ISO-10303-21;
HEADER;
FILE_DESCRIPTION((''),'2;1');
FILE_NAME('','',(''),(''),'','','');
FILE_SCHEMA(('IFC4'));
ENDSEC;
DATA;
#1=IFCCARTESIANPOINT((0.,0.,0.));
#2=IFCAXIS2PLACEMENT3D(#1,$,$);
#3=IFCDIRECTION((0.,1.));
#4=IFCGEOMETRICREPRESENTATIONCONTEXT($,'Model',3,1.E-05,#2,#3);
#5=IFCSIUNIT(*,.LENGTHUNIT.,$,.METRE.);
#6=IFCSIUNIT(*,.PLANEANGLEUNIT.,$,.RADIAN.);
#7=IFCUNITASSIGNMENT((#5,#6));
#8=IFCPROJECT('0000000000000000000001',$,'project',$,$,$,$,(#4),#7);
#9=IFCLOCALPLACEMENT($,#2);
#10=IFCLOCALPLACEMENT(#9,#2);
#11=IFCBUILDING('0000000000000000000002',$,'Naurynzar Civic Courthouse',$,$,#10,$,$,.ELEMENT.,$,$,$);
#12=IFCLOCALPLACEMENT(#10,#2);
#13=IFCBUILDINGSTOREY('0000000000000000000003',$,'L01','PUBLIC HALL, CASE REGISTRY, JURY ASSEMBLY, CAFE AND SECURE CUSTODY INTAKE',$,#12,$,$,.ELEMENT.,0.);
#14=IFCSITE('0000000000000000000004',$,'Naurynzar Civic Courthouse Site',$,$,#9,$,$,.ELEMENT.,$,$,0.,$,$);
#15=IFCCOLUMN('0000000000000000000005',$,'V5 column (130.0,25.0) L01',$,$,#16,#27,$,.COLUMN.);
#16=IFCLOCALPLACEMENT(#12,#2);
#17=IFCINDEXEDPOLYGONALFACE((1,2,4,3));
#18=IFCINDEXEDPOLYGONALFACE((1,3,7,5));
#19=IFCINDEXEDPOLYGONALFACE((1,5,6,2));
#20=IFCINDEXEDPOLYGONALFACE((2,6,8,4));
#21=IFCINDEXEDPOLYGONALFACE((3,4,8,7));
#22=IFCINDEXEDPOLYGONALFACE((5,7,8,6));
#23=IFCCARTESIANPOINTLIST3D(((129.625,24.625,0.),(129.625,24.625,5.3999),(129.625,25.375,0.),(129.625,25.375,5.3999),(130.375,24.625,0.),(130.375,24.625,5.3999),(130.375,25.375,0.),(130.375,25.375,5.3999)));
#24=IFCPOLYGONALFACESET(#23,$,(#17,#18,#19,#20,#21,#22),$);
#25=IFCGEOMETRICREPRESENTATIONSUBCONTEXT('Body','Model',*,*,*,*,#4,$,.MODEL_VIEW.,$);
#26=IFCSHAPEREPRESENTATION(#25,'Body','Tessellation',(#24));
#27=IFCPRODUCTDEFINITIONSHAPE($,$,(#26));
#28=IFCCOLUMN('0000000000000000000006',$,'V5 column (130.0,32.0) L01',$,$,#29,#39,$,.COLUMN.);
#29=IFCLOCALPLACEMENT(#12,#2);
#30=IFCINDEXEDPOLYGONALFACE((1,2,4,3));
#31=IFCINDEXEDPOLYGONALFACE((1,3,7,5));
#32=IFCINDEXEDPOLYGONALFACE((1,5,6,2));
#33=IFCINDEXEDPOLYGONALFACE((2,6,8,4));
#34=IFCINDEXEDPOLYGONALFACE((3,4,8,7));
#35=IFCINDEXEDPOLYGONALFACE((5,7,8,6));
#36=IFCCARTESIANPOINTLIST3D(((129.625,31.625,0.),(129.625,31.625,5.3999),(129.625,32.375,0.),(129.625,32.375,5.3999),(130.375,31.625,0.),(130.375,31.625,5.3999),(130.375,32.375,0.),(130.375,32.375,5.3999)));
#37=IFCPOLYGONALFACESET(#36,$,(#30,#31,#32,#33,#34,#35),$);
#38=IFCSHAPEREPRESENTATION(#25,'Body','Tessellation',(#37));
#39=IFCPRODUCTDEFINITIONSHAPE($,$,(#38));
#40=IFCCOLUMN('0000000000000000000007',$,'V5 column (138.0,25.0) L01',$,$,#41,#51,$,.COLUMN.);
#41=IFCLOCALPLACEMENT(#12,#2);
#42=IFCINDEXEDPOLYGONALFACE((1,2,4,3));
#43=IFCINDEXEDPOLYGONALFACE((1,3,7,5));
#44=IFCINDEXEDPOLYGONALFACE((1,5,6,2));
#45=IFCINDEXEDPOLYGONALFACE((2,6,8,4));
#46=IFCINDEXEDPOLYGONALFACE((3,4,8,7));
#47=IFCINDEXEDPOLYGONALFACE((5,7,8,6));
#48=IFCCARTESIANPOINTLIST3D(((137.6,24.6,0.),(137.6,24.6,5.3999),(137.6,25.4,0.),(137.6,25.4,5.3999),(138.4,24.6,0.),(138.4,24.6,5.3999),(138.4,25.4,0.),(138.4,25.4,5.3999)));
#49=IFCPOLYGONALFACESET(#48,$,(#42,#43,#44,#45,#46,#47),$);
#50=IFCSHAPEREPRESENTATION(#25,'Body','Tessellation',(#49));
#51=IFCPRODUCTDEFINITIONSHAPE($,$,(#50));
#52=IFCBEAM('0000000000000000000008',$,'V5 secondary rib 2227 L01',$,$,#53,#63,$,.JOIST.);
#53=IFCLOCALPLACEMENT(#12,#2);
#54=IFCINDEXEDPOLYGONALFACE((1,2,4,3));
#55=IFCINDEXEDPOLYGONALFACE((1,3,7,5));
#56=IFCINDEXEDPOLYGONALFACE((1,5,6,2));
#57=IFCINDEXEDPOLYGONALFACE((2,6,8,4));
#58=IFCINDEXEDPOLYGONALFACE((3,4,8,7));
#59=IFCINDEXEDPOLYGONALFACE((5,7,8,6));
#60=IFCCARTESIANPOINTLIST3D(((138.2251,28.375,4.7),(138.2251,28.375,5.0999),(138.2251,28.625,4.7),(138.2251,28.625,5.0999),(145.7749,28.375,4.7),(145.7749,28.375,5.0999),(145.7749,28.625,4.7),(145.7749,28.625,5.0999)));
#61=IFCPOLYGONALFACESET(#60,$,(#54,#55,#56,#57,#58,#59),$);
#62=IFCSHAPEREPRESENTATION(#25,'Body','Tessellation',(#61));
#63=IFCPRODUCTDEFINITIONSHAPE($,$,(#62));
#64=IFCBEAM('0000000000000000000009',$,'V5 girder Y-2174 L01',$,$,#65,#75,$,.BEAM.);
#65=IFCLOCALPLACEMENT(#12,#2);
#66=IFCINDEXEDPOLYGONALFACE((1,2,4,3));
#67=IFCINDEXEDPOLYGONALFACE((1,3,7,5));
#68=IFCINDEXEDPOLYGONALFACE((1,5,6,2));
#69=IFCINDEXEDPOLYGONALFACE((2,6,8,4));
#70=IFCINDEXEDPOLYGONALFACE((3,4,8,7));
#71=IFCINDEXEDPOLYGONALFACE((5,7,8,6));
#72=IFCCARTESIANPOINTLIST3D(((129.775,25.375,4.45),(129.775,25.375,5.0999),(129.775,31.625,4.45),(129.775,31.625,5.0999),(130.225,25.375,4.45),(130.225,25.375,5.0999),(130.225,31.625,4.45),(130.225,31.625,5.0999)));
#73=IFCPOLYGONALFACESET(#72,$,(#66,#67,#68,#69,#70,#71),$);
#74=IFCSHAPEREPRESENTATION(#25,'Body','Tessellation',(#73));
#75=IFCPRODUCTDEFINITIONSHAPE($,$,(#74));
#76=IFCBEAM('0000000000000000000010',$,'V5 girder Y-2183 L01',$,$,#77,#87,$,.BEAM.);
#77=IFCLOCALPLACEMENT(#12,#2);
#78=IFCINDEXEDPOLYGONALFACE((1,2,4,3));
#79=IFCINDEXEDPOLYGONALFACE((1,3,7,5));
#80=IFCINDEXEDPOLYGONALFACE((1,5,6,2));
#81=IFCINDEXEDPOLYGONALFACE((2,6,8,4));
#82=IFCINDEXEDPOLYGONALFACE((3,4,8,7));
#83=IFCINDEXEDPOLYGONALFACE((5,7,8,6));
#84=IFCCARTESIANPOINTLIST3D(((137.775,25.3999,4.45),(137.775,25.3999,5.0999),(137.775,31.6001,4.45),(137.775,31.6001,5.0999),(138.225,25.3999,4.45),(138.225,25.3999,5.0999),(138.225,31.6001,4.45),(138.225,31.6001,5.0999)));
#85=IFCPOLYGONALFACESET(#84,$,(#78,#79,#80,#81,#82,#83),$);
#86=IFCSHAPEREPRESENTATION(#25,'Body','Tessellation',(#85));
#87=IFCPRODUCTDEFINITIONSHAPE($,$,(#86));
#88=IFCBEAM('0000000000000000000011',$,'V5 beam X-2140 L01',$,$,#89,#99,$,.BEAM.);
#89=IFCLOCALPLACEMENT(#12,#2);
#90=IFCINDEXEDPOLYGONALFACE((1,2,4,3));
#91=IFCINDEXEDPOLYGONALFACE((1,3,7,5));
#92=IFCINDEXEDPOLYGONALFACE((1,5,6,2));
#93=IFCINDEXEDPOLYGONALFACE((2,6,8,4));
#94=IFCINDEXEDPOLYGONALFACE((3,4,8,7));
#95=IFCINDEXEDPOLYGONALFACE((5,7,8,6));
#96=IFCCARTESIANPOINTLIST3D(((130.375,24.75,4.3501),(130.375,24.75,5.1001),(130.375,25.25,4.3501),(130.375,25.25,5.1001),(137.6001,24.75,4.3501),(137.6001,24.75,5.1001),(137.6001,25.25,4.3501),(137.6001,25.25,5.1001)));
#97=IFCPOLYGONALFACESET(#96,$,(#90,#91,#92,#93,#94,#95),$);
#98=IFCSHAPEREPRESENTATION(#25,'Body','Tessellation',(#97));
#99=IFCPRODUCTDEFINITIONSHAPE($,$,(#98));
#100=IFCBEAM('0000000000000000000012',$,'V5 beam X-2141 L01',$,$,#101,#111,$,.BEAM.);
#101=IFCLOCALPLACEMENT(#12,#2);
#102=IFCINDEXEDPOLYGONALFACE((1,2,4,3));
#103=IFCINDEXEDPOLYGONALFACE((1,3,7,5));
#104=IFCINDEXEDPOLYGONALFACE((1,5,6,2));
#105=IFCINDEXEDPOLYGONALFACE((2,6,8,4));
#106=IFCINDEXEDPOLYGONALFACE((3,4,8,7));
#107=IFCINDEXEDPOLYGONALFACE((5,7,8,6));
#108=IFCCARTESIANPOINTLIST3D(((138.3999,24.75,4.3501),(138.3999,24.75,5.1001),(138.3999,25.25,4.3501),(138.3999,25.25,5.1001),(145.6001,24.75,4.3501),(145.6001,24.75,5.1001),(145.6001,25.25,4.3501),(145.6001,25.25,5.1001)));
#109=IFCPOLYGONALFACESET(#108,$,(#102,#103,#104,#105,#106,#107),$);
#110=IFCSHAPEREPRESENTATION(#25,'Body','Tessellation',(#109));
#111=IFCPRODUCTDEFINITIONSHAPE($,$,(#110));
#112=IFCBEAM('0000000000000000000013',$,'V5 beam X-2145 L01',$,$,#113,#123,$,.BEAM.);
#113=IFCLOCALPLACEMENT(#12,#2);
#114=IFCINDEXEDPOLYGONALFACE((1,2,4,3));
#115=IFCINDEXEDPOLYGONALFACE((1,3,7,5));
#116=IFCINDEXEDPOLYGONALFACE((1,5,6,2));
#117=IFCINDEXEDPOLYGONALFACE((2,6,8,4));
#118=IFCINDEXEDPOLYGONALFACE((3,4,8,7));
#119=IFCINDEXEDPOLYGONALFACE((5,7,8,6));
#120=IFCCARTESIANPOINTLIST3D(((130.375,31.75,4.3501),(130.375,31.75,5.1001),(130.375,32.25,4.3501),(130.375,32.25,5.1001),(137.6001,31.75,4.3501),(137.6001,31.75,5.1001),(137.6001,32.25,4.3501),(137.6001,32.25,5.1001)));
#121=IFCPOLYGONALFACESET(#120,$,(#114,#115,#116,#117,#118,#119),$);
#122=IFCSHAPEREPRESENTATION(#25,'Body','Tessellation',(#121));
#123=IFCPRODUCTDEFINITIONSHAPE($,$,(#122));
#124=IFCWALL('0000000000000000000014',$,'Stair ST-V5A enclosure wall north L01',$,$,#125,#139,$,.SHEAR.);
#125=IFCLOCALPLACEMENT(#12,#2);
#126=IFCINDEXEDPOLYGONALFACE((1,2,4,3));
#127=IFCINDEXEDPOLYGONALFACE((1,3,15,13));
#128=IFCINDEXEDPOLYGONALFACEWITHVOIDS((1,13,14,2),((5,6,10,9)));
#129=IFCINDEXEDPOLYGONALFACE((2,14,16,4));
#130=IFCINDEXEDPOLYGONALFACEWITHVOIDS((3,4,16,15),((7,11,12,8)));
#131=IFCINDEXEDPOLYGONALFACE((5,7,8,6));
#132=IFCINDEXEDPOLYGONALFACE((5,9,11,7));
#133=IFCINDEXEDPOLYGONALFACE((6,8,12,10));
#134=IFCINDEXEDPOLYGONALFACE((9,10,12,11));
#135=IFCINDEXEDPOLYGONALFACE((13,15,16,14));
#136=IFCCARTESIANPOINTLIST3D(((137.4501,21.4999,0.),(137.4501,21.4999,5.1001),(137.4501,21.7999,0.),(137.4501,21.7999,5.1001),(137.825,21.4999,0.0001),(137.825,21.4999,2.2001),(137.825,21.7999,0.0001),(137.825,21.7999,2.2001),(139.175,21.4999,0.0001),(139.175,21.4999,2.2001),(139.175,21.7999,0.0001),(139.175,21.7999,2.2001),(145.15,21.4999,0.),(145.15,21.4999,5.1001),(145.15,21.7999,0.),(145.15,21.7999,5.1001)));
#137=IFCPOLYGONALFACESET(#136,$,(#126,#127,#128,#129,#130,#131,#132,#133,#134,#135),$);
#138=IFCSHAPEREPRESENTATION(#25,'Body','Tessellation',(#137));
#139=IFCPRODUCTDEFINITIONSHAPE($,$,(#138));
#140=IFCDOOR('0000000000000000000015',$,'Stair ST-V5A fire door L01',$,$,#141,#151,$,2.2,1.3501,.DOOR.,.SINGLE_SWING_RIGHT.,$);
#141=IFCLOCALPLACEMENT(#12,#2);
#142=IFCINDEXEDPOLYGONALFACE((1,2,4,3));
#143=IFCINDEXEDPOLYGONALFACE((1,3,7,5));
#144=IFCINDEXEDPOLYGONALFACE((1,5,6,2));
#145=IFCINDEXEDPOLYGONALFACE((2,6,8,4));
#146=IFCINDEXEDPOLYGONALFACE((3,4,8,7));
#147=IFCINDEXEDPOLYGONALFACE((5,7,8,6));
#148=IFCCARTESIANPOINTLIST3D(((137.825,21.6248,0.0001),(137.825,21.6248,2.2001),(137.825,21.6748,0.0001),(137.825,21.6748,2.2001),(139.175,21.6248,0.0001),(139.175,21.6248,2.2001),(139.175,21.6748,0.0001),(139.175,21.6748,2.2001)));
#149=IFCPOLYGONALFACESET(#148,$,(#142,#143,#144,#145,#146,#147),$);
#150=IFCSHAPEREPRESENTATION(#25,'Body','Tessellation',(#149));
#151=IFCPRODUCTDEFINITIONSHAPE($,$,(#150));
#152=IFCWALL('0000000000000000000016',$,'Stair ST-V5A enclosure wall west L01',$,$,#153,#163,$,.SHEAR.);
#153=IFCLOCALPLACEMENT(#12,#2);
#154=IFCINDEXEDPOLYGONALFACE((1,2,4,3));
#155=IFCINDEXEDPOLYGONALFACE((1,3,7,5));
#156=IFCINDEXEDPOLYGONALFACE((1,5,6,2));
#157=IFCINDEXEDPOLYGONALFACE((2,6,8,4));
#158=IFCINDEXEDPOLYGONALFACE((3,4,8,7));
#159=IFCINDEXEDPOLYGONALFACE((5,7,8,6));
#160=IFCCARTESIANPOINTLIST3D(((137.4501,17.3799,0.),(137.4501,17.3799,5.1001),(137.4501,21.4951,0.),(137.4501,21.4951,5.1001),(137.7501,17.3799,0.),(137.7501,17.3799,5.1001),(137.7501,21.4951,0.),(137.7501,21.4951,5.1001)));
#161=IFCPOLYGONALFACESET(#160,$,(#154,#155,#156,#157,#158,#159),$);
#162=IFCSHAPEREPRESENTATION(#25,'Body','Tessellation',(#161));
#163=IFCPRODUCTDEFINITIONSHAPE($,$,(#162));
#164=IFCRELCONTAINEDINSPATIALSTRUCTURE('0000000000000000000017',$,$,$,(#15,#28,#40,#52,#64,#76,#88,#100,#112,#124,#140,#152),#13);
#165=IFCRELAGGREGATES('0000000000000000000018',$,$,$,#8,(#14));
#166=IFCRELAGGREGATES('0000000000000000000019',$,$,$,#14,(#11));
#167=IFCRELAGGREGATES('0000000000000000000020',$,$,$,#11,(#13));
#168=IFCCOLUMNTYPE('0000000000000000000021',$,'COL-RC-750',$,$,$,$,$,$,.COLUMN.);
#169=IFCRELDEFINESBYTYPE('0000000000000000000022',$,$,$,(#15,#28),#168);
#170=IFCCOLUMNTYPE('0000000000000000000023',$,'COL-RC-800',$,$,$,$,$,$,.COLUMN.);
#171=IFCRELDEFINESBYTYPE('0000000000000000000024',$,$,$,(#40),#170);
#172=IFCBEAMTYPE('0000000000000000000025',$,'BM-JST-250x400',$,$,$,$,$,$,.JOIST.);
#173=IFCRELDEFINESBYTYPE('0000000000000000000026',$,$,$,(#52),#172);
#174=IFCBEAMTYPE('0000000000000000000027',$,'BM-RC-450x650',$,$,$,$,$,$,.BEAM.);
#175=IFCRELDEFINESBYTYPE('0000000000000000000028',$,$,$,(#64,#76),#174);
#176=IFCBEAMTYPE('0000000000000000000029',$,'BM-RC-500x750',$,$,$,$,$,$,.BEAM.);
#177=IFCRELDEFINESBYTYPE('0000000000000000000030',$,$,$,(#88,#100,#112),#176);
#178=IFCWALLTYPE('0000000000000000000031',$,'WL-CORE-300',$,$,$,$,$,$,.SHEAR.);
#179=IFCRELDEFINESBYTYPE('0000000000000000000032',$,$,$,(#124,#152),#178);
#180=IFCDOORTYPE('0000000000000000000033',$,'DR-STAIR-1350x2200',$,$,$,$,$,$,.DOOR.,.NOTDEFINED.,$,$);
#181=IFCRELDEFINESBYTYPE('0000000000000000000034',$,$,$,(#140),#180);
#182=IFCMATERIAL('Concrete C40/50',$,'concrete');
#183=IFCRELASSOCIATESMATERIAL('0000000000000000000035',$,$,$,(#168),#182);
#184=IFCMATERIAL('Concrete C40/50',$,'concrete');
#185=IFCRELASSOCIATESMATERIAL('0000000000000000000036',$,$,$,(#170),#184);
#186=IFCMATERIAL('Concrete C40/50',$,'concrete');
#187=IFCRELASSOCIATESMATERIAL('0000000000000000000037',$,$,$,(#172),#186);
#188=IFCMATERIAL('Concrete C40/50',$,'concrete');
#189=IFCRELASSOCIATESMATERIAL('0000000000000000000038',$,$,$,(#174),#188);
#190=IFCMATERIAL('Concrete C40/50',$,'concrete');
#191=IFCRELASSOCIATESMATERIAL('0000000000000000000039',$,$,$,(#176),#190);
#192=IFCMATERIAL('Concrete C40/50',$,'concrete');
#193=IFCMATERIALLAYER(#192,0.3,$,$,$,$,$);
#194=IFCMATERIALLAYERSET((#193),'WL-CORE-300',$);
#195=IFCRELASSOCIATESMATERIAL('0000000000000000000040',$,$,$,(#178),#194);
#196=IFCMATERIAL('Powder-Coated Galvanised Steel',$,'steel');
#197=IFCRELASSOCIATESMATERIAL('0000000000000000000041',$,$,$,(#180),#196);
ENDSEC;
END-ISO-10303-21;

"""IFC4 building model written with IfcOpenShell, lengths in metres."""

from ifc_helpers import new_model, si_unit, direction, frame, frame_2d, origin, origin_2d, place, context, subcontext, project, spatial, rectangle, extrude, material, layer, layer_set, material_profile, profile_set, type_object, element, fill, save


model = new_model("IFC4")

# Units and contexts
model_context = context("Model", 3, precision=1e-05, world=origin(), true_north=direction((0.0, 1.0)))
body_context = subcontext(model_context, "Body", "Model", "MODEL_VIEW")
ifc_project = project(units=[si_unit("LENGTHUNIT", "METRE"), si_unit("PLANEANGLEUNIT", "RADIAN")], contexts=[model_context])

# Site, building, storey
site_placement = place(None, origin())
site = spatial("IfcSite", under=ifc_project, at=site_placement, Name="Naurynzar Civic Courthouse Site", CompositionType="ELEMENT", RefElevation=0.0)
building_placement = place(site_placement, origin())
building = spatial("IfcBuilding", under=site, at=building_placement, Name="Naurynzar Civic Courthouse", CompositionType="ELEMENT")
storey_placement = place(building_placement, origin())
storey = spatial("IfcBuildingStorey", under=building, at=storey_placement, Name="L01", Description="PUBLIC HALL, CASE REGISTRY, JURY ASSEMBLY, CAFE AND SECURE CUSTODY INTAKE", CompositionType="ELEMENT", Elevation=0.0)

# Columns
ifc_material_1 = material(Name="Concrete C40/50", Category="concrete")
ifc_material_profile_1 = material_profile(ifc_material_1, rectangle(XDim=0.75, YDim=0.75, at=origin_2d()), Name="RC 750x750")
ifc_profile_set_1 = profile_set([ifc_material_profile_1], Name="Concrete C40/50")
column_type_1 = type_object("IfcColumnType", Name="COL-RC-750", PredefinedType="COLUMN", material=ifc_profile_set_1)
for number, where, z_axis, x_axis, name in (
    (1, (130.0, 25.0, 0.0), (0.0, 0.0, 1.0), (1.0, 0.0, 0.0), "V5 column (130.0,25.0) L01"),
    (2, (130.0, 32.0, 0.0), (0.0, 0.0, 1.0), (1.0, 0.0, 0.0), "V5 column (130.0,32.0) L01"),
):
    element("IfcColumn", number, at=place(storey_placement, frame(where, z_axis=z_axis, x_axis=x_axis)), inside=storey, type_object=column_type_1, Name=name, PredefinedType="COLUMN", context=body_context, shape_type="SweptSolid", body=[
        extrude(rectangle(XDim=0.75, YDim=0.75, at=origin_2d()), origin(), (0.0, 0.0, 1.0), 5.3999),
    ])
ifc_material_2 = material(Name="Concrete C40/50", Category="concrete")
ifc_material_profile_2 = material_profile(ifc_material_2, rectangle(XDim=0.8, YDim=0.8, at=origin_2d()), Name="RC 800x800")
ifc_profile_set_2 = profile_set([ifc_material_profile_2], Name="Concrete C40/50")
column_type_2 = type_object("IfcColumnType", Name="COL-RC-800", PredefinedType="COLUMN", material=ifc_profile_set_2)
column_placement = place(storey_placement, frame((138.0, 25.0, 0.0), z_axis=(0.0, 0.0, 1.0), x_axis=(1.0, 0.0, 0.0)))
element("IfcColumn", 3, at=column_placement, inside=storey, type_object=column_type_2, Name="V5 column (138.0,25.0) L01", PredefinedType="COLUMN", context=body_context, shape_type="SweptSolid", body=[
    extrude(rectangle(XDim=0.8, YDim=0.8, at=origin_2d()), origin(), (0.0, 0.0, 1.0), 5.3999),
])

# Beams
ifc_material_3 = material(Name="Concrete C40/50", Category="concrete")
ifc_material_profile_3 = material_profile(ifc_material_3, rectangle(XDim=0.25, YDim=0.3999, at=origin_2d()), Name="RCB 250x400")
ifc_profile_set_3 = profile_set([ifc_material_profile_3], Name="Concrete C40/50")
beam_type_1 = type_object("IfcBeamType", Name="BM-JST-250x400", PredefinedType="JOIST", material=ifc_profile_set_3)
beam_1_placement = place(storey_placement, frame((138.2251, 28.5, 4.8999), z_axis=(1.0, 0.0, 0.0), x_axis=(0.0, 1.0, 0.0)))
element("IfcBeam", 4, at=beam_1_placement, inside=storey, type_object=beam_type_1, Name="V5 secondary rib 2227 L01", PredefinedType="JOIST", context=body_context, shape_type="SweptSolid", body=[
    extrude(rectangle(XDim=0.25, YDim=0.3999, at=origin_2d()), origin(), (0.0, 0.0, 1.0), 7.5498),
])
ifc_material_4 = material(Name="Concrete C40/50", Category="concrete")
ifc_material_profile_4 = material_profile(ifc_material_4, rectangle(XDim=0.45, YDim=0.6499, at=origin_2d()), Name="RCB 450x650")
ifc_profile_set_4 = profile_set([ifc_material_profile_4], Name="Concrete C40/50")
beam_type_2 = type_object("IfcBeamType", Name="BM-RC-450x650", PredefinedType="BEAM", material=ifc_profile_set_4)
beam_2_placement = place(storey_placement, frame((130.0, 25.375, 4.7749), z_axis=(0.0, 1.0, 0.0), x_axis=(-1.0, 0.0, 0.0)))
element("IfcBeam", 5, at=beam_2_placement, inside=storey, type_object=beam_type_2, Name="V5 girder Y-2174 L01", PredefinedType="BEAM", context=body_context, shape_type="SweptSolid", body=[
    extrude(rectangle(XDim=0.45, YDim=0.6499, at=origin_2d()), origin(), (0.0, 0.0, 1.0), 6.25),
])
beam_3_placement = place(storey_placement, frame((138.0, 25.3999, 4.7749), z_axis=(0.0, 1.0, 0.0), x_axis=(-1.0, 0.0, 0.0)))
element("IfcBeam", 6, at=beam_3_placement, inside=storey, type_object=beam_type_2, Name="V5 girder Y-2183 L01", PredefinedType="BEAM", context=body_context, shape_type="SweptSolid", body=[
    extrude(rectangle(XDim=0.45, YDim=0.6499, at=origin_2d()), origin(), (0.0, 0.0, 1.0), 6.2002),
])
ifc_material_5 = material(Name="Concrete C40/50", Category="concrete")
ifc_material_profile_5 = material_profile(ifc_material_5, rectangle(XDim=0.5, YDim=0.75, at=origin_2d()), Name="RCB 500x750")
ifc_profile_set_5 = profile_set([ifc_material_profile_5], Name="Concrete C40/50")
beam_type_3 = type_object("IfcBeamType", Name="BM-RC-500x750", PredefinedType="BEAM", material=ifc_profile_set_5)
beam_4_placement = place(storey_placement, frame((130.375, 25.0, 4.7251), z_axis=(1.0, 0.0, 0.0), x_axis=(0.0, 1.0, 0.0)))
element("IfcBeam", 7, at=beam_4_placement, inside=storey, type_object=beam_type_3, Name="V5 beam X-2140 L01", PredefinedType="BEAM", context=body_context, shape_type="SweptSolid", body=[
    extrude(rectangle(XDim=0.5, YDim=0.75, at=origin_2d()), origin(), (0.0, 0.0, 1.0), 7.2251),
])
beam_5_placement = place(storey_placement, frame((138.3999, 25.0, 4.7251), z_axis=(1.0, 0.0, 0.0), x_axis=(0.0, 1.0, 0.0)))
element("IfcBeam", 8, at=beam_5_placement, inside=storey, type_object=beam_type_3, Name="V5 beam X-2141 L01", PredefinedType="BEAM", context=body_context, shape_type="SweptSolid", body=[
    extrude(rectangle(XDim=0.5, YDim=0.75, at=origin_2d()), origin(), (0.0, 0.0, 1.0), 7.2002),
])
beam_6_placement = place(storey_placement, frame((130.375, 32.0, 4.7251), z_axis=(1.0, 0.0, 0.0), x_axis=(0.0, 1.0, 0.0)))
element("IfcBeam", 9, at=beam_6_placement, inside=storey, type_object=beam_type_3, Name="V5 beam X-2145 L01", PredefinedType="BEAM", context=body_context, shape_type="SweptSolid", body=[
    extrude(rectangle(XDim=0.5, YDim=0.75, at=origin_2d()), origin(), (0.0, 0.0, 1.0), 7.2251),
])

# Wall, opening, door
ifc_material_6 = material(Name="Concrete C40/50", Category="concrete")
ifc_layer_1 = layer(ifc_material_6, 0.3)
ifc_layer_set_1 = layer_set([ifc_layer_1], Name="WL-CORE-300")
wall_type_1 = type_object("IfcWallType", Name="WL-CORE-300", PredefinedType="SHEAR", material=ifc_layer_set_1)
wall_1_placement = place(storey_placement, frame((137.45, 21.6499, 0.0), z_axis=(0.0, 0.0, 1.0), x_axis=(1.0, 0.0, 0.0)))
wall_1 = element("IfcWall", 10, at=wall_1_placement, inside=storey, type_object=wall_type_1, Name="Stair ST-V5A enclosure wall north L01", PredefinedType="SHEAR", context=body_context, shape_type="SweptSolid", body=[
    extrude(rectangle(XDim=7.7, YDim=0.3, at=frame_2d((3.8501, 0.0))), origin(), (0.0, 0.0, 1.0), 5.1001),
])
opening_1_placement = place(wall_1_placement, frame((0.375, 0.0, 0.0)))
opening_1 = element("IfcOpeningElement", 11, at=opening_1_placement, cuts=wall_1, PredefinedType="OPENING", context=body_context, shape_type="SweptSolid", body=[
    extrude(rectangle(XDim=1.3501, YDim=2.2, at=frame_2d((0.675, 1.1001))), frame((0.0, 0.1599, 0.0), z_axis=(0.0, -1.0, 0.0), x_axis=(1.0, 0.0, 0.0)), (0.0, 0.0, 1.0), 0.3201),
])
ifc_material_7 = material(Name="Powder-Coated Galvanised Steel", Category="steel")
door_type_1 = type_object("IfcDoorType", Name="DR-STAIR-1350x2200", OperationType="NOTDEFINED", PredefinedType="DOOR", material=ifc_material_7)
door_1_placement = place(opening_1_placement, origin())
door_1 = element("IfcDoor", 12, at=door_1_placement, inside=storey, type_object=door_type_1, Name="Stair ST-V5A fire door L01", OperationType="SINGLE_SWING_RIGHT", OverallHeight=2.2, OverallWidth=1.3501, PredefinedType="DOOR", context=body_context, shape_type="SweptSolid", body=[
    extrude(rectangle(XDim=1.3501, YDim=2.2, at=frame_2d((0.675, 1.1001))), frame((0.0, 0.0249, 0.0), z_axis=(0.0, -1.0, 0.0), x_axis=(1.0, 0.0, 0.0)), (0.0, 0.0, 1.0), 0.05),
])
fill(opening_1, door_1)

# Wall
wall_2_placement = place(storey_placement, frame((137.6001, 21.4951, 0.0), z_axis=(0.0, 0.0, 1.0), x_axis=(0.0, -1.0, 0.0)))
element("IfcWall", 13, at=wall_2_placement, inside=storey, type_object=wall_type_1, Name="Stair ST-V5A enclosure wall west L01", PredefinedType="SHEAR", context=body_context, shape_type="SweptSolid", body=[
    extrude(rectangle(XDim=4.1152, YDim=0.3, at=frame_2d((2.0576, 0.0))), origin(), (0.0, 0.0, 1.0), 5.1001),
])

save(model, "model.ifc")
